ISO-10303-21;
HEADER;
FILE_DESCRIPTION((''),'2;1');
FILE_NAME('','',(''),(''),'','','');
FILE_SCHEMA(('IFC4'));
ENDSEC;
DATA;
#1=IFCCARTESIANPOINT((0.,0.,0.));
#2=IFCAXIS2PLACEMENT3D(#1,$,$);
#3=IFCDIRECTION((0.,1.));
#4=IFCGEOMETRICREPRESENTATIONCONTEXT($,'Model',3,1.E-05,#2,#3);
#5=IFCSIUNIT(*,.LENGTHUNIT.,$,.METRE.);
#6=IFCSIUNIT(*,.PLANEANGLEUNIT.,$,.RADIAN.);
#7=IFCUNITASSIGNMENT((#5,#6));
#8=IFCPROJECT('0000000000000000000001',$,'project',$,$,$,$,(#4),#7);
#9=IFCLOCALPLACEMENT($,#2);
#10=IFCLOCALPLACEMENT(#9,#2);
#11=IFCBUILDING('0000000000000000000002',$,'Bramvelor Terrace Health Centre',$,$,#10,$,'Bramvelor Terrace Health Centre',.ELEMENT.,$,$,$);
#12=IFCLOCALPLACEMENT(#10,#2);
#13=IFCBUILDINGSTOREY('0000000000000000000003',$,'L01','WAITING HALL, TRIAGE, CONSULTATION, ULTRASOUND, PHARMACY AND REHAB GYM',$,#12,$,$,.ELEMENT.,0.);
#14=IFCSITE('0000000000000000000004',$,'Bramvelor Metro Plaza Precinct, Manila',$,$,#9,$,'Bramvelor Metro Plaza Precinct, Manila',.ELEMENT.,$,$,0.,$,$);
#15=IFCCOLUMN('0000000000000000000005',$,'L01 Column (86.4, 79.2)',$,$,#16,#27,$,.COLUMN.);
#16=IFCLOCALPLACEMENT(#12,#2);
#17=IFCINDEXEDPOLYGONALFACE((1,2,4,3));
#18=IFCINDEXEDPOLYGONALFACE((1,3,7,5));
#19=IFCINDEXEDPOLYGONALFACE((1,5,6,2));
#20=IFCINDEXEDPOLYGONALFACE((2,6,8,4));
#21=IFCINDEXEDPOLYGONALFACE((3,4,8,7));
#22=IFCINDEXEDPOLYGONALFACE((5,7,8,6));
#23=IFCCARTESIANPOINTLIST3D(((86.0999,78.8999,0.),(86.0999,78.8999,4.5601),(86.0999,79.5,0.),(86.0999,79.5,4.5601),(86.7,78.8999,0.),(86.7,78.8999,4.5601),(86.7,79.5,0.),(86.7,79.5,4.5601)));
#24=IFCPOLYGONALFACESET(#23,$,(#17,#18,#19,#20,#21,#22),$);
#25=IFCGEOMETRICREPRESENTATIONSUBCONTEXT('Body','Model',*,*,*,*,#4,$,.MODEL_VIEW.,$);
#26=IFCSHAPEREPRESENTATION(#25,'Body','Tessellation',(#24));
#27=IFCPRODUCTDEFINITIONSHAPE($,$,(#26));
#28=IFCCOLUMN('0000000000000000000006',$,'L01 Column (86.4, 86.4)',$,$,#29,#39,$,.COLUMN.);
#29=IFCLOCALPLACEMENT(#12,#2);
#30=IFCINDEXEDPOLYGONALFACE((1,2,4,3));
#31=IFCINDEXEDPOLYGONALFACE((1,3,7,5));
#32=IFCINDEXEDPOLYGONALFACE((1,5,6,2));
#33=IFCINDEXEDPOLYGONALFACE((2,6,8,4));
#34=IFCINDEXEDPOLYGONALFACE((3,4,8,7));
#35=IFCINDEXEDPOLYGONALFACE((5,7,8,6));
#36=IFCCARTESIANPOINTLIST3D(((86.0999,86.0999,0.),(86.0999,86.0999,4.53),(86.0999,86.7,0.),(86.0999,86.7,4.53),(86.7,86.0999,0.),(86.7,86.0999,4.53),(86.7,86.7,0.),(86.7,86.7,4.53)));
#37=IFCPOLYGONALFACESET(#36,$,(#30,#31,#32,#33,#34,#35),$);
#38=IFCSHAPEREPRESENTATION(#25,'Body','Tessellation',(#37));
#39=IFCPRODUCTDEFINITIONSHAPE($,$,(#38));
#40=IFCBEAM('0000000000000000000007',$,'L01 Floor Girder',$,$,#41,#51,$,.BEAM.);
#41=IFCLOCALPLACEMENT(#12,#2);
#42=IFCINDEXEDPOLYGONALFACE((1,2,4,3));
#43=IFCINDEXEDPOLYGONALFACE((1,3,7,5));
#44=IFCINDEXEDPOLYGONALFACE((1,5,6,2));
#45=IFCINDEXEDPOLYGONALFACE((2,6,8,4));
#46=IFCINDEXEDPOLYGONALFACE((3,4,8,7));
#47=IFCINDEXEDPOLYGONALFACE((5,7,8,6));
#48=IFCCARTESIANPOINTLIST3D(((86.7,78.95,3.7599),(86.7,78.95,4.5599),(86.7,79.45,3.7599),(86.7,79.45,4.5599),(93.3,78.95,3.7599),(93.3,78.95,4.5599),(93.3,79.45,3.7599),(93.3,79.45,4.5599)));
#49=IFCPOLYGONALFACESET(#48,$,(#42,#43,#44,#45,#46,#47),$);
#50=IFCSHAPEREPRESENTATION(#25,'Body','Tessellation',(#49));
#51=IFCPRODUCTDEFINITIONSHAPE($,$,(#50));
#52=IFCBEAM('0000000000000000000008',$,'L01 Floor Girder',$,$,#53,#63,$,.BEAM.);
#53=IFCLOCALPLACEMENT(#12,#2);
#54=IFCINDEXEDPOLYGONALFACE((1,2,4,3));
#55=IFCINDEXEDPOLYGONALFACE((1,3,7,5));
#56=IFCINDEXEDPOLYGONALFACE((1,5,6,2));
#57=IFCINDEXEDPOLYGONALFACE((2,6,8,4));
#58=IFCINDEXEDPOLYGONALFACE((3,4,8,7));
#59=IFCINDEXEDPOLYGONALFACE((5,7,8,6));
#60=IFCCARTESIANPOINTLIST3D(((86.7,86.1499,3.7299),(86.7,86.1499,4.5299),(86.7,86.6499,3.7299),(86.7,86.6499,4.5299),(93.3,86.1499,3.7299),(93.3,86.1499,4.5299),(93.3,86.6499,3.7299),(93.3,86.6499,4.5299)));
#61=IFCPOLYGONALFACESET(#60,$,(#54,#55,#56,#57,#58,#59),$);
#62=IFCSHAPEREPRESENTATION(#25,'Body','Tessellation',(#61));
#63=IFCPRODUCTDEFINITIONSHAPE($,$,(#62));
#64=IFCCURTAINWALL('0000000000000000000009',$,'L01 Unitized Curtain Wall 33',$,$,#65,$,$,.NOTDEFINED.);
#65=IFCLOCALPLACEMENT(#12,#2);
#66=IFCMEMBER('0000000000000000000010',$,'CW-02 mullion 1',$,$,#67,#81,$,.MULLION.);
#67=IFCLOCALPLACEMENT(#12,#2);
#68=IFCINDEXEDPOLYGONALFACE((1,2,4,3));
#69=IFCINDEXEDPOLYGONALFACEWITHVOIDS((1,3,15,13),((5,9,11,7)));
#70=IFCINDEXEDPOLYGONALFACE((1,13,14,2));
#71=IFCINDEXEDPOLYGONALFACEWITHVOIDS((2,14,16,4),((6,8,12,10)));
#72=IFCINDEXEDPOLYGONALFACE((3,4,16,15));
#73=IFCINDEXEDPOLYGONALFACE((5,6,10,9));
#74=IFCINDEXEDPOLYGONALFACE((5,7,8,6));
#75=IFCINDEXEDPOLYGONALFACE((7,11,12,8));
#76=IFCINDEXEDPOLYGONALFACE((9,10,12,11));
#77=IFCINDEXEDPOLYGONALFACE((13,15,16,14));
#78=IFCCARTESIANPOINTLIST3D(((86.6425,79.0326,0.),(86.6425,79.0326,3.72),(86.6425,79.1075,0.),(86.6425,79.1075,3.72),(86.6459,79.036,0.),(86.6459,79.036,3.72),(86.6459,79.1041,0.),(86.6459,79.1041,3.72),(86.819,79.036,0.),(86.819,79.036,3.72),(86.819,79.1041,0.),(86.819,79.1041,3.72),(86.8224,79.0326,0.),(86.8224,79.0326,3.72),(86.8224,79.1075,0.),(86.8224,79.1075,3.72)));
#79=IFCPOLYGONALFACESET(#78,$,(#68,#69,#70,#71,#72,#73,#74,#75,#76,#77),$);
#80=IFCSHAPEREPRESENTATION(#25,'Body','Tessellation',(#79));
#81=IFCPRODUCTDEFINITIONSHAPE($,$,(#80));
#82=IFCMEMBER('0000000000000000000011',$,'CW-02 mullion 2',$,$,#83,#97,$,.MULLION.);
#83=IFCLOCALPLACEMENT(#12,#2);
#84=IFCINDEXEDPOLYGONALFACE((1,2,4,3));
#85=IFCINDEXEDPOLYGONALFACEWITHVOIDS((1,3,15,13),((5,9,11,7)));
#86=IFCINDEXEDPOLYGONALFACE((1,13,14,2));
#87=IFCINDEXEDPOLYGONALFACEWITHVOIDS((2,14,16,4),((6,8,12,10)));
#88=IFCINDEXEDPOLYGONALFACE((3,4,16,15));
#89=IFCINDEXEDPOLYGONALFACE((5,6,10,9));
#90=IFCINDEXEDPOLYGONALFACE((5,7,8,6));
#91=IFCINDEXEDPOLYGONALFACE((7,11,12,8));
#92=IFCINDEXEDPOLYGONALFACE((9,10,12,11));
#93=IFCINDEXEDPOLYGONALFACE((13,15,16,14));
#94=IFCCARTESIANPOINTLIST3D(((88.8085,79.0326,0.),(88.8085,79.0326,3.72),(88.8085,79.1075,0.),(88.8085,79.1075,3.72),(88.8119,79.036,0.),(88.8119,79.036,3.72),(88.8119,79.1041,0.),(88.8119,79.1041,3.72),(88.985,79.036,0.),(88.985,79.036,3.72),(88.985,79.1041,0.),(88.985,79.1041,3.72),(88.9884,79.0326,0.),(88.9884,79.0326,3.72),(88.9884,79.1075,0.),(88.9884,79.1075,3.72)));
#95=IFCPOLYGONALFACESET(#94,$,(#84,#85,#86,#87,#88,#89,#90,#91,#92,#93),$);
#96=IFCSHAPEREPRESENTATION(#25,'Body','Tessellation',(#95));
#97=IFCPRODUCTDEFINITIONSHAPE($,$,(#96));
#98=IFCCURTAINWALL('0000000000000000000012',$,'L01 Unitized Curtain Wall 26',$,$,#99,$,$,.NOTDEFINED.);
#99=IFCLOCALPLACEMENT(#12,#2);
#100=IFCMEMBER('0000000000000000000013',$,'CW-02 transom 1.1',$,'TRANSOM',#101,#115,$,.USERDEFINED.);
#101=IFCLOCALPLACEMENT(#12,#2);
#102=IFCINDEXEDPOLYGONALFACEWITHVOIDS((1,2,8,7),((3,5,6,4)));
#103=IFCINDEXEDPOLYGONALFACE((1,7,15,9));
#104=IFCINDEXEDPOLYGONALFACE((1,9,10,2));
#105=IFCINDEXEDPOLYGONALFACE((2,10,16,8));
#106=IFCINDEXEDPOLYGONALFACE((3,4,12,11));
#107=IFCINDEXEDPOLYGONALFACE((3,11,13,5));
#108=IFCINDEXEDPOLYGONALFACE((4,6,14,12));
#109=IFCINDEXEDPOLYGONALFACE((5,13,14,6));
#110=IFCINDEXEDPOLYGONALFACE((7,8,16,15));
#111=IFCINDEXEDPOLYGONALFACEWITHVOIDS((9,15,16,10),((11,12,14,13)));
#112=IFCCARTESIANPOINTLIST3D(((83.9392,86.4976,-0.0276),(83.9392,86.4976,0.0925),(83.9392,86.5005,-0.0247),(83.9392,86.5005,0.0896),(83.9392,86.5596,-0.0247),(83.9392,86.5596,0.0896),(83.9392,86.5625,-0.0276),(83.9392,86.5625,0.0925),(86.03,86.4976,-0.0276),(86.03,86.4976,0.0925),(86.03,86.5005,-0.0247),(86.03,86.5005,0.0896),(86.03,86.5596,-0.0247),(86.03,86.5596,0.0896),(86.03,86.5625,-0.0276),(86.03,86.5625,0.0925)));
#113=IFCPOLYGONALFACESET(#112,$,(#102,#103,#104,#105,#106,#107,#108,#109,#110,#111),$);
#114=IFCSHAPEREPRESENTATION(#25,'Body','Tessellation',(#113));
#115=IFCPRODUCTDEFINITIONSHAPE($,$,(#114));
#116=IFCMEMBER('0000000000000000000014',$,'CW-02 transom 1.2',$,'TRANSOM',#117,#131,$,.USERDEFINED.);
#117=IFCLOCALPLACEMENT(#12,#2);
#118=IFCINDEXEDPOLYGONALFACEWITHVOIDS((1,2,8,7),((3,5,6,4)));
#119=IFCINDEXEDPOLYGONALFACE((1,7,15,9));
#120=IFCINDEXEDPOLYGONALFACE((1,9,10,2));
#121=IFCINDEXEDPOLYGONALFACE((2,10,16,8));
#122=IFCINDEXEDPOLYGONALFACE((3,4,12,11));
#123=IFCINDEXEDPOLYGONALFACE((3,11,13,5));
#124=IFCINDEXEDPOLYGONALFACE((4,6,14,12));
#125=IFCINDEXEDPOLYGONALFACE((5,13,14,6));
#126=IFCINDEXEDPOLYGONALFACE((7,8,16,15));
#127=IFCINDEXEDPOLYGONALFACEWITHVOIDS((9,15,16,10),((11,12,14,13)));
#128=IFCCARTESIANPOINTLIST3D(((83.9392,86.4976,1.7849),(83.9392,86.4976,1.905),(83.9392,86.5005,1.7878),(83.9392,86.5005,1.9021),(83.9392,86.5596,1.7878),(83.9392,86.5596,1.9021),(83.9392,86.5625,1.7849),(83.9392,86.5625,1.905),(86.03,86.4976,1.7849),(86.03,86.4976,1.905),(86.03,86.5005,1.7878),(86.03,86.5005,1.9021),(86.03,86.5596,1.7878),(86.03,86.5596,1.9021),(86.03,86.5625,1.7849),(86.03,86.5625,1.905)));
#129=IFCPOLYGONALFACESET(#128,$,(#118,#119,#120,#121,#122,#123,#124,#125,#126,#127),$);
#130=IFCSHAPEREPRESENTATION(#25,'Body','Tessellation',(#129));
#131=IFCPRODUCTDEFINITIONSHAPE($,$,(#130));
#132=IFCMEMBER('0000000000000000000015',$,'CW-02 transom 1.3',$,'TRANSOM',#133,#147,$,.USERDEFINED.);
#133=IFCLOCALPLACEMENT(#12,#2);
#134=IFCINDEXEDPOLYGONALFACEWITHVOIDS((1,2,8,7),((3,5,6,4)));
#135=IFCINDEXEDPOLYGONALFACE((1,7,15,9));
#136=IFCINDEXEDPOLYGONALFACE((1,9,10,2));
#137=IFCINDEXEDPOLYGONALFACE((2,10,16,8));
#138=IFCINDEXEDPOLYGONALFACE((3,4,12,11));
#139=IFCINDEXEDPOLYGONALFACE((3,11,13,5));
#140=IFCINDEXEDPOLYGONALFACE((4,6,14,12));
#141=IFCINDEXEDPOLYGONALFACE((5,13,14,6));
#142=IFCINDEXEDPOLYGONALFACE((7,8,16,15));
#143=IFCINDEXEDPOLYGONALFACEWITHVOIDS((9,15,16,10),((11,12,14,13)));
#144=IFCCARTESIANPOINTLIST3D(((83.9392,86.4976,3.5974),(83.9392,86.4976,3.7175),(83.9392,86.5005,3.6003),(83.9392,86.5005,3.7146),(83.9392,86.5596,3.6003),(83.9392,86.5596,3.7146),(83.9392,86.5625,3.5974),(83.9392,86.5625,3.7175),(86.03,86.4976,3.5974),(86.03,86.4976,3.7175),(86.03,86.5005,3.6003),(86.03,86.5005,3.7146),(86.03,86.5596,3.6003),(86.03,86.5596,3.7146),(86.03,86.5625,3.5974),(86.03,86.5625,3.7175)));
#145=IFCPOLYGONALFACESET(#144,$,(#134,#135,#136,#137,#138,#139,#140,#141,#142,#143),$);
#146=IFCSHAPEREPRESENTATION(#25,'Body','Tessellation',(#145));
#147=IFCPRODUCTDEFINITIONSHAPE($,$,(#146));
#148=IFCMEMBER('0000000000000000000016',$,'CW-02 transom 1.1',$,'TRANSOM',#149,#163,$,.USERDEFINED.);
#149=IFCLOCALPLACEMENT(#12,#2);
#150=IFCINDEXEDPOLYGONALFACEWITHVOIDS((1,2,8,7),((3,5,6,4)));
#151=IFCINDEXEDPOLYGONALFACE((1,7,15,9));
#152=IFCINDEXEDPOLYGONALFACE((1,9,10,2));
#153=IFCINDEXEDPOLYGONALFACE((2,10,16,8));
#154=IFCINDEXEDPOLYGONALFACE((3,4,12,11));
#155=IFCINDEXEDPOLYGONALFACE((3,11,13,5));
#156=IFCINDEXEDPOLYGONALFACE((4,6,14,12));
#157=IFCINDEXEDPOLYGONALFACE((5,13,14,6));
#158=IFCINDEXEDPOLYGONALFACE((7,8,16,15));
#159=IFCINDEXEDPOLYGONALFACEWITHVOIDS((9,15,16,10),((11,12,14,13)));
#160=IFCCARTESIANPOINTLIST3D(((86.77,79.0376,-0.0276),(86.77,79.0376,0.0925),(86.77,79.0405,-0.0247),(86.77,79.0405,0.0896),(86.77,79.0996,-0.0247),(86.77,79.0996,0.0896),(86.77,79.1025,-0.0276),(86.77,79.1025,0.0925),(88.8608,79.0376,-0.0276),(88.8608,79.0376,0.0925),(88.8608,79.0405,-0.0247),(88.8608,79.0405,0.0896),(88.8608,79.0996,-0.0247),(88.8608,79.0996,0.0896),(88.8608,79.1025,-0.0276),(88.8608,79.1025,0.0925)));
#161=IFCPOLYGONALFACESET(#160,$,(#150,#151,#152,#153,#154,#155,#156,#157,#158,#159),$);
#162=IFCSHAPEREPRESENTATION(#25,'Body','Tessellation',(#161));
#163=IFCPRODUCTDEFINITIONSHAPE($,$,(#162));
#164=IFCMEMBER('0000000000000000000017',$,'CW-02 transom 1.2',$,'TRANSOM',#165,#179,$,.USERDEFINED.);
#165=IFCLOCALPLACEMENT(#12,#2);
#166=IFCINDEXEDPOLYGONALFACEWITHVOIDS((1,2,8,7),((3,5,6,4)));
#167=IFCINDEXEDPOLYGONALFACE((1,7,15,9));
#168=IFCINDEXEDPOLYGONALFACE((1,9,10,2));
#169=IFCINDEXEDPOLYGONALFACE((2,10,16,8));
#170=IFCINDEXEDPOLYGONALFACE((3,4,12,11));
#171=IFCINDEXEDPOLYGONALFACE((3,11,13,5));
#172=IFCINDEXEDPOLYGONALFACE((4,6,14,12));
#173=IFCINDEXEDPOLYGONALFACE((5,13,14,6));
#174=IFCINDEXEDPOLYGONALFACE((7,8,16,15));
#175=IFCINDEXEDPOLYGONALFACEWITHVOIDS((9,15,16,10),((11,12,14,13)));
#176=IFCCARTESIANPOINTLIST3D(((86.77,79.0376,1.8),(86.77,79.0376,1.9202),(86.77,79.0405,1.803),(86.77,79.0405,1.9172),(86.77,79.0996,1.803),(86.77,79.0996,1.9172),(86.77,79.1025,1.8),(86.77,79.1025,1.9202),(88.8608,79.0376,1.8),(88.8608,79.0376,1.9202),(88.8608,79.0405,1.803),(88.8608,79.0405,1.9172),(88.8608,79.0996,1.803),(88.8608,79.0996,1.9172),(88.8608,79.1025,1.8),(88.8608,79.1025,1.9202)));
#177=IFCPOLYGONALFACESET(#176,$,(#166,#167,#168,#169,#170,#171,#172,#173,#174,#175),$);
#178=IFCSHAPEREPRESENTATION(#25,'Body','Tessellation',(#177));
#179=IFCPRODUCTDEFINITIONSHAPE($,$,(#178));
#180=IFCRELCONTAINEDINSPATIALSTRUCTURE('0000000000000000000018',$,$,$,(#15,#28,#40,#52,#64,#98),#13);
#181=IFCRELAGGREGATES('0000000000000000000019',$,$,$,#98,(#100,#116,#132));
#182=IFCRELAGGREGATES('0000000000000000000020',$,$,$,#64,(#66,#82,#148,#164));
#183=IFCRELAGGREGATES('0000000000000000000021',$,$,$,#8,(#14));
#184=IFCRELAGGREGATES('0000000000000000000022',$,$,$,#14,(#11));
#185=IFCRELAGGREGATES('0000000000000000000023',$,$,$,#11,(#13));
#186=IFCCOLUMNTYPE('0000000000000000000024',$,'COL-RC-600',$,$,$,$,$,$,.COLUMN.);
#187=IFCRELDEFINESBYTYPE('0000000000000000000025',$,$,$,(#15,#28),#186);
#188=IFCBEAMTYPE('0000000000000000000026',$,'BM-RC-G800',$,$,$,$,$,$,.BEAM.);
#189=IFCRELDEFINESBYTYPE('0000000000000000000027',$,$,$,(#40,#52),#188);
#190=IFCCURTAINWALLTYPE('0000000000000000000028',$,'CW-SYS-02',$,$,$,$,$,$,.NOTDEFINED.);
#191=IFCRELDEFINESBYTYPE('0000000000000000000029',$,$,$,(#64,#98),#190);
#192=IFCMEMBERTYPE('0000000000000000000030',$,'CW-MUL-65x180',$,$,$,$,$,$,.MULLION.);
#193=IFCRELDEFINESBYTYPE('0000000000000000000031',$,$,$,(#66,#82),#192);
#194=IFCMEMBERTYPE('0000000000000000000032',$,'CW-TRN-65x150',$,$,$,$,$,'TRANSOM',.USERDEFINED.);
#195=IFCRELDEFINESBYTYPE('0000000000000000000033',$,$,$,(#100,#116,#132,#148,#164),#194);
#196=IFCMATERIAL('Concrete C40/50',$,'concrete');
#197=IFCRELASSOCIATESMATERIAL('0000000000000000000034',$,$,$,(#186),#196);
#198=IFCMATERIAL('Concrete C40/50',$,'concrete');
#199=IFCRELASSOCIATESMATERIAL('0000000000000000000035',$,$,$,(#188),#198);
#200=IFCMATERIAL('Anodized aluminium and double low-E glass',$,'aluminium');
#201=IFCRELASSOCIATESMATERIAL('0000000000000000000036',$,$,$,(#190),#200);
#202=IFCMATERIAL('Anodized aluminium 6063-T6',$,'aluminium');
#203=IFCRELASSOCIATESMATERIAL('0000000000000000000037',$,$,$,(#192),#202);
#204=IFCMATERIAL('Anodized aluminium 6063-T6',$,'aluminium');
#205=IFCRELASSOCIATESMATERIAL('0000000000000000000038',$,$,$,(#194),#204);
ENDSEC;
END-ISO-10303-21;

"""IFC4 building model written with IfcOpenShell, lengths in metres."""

from ifc_helpers import new_model, si_unit, direction, frame, origin, origin_2d, place, context, subcontext, project, spatial, rectangle, hollow_rectangle, extrude, material, material_profile, profile_set, type_object, element, aggregate, save


model = new_model("IFC4")

# Units and contexts
model_context = context("Model", 3, precision=1e-05, world=origin(), true_north=direction((0.0, 1.0)))
body_context = subcontext(model_context, "Body", "Model", "MODEL_VIEW")
ifc_project = project(units=[si_unit("LENGTHUNIT", "METRE"), si_unit("PLANEANGLEUNIT", "RADIAN")], contexts=[model_context])

# Site, building, storey
site_placement = place(None, origin())
site = spatial("IfcSite", under=ifc_project, at=site_placement, Name="Bramvelor Metro Plaza Precinct, Manila", LongName="Bramvelor Metro Plaza Precinct, Manila", CompositionType="ELEMENT", RefElevation=0.0)
building_placement = place(site_placement, origin())
building = spatial("IfcBuilding", under=site, at=building_placement, Name="Bramvelor Terrace Health Centre", LongName="Bramvelor Terrace Health Centre", CompositionType="ELEMENT")
storey_placement = place(building_placement, origin())
storey = spatial("IfcBuildingStorey", under=building, at=storey_placement, Name="L01", Description="WAITING HALL, TRIAGE, CONSULTATION, ULTRASOUND, PHARMACY AND REHAB GYM", CompositionType="ELEMENT", Elevation=0.0)

# Columns
ifc_material_1 = material(Name="Concrete C40/50", Category="concrete")
ifc_material_profile_1 = material_profile(ifc_material_1, rectangle(XDim=0.6001, YDim=0.6001, at=origin_2d()), Name="RC 600x600")
ifc_profile_set_1 = profile_set([ifc_material_profile_1], Name="Concrete C40/50")
column_type = type_object("IfcColumnType", Name="COL-RC-600", PredefinedType="COLUMN", material=ifc_profile_set_1)
column_1_placement = place(storey_placement, frame((86.3999, 79.2, 0.0), z_axis=(0.0, 0.0, 1.0), x_axis=(1.0, 0.0, 0.0)))
element("IfcColumn", 1, at=column_1_placement, inside=storey, type_object=column_type, Name="L01 Column (86.4, 79.2)", PredefinedType="COLUMN", context=body_context, shape_type="SweptSolid", body=[
    extrude(rectangle(XDim=0.6001, YDim=0.6001, at=origin_2d()), origin(), (0.0, 0.0, 1.0), 4.5601),
])
column_2_placement = place(storey_placement, frame((86.3999, 86.3999, 0.0), z_axis=(0.0, 0.0, 1.0), x_axis=(1.0, 0.0, 0.0)))
element("IfcColumn", 2, at=column_2_placement, inside=storey, type_object=column_type, Name="L01 Column (86.4, 86.4)", PredefinedType="COLUMN", context=body_context, shape_type="SweptSolid", body=[
    extrude(rectangle(XDim=0.6001, YDim=0.6001, at=origin_2d()), origin(), (0.0, 0.0, 1.0), 4.53),
])

# Beams
ifc_material_2 = material(Name="Concrete C40/50", Category="concrete")
ifc_material_profile_2 = material_profile(ifc_material_2, rectangle(XDim=0.5, YDim=0.8, at=origin_2d()), Name="RC 500x800")
ifc_profile_set_2 = profile_set([ifc_material_profile_2], Name="Concrete C40/50")
beam_type = type_object("IfcBeamType", Name="BM-RC-G800", PredefinedType="BEAM", material=ifc_profile_set_2)
for number, where, z_axis, x_axis, name in (
    (3, (86.7, 79.2, 4.1599), (1.0, 0.0, 0.0), (0.0, 1.0, 0.0), "L01 Floor Girder"),
    (4, (86.7, 86.3999, 4.1299), (1.0, 0.0, 0.0), (0.0, 1.0, 0.0), "L01 Floor Girder"),
):
    element("IfcBeam", number, at=place(storey_placement, frame(where, z_axis=z_axis, x_axis=x_axis)), inside=storey, type_object=beam_type, Name=name, PredefinedType="BEAM", context=body_context, shape_type="SweptSolid", body=[
        extrude(rectangle(XDim=0.5, YDim=0.8, at=origin_2d()), origin(), (0.0, 0.0, 1.0), 6.6001),
    ])

# Curtain walls, members
ifc_material_3 = material(Name="Anodized aluminium and double low-E glass", Category="aluminium")
curtain_wall_type = type_object("IfcCurtainWallType", Name="CW-SYS-02", PredefinedType="NOTDEFINED", material=ifc_material_3)
curtain_wall_1_placement = place(storey_placement, origin())
curtain_wall_1 = element("IfcCurtainWall", 5, at=curtain_wall_1_placement, inside=storey, type_object=curtain_wall_type, Name="L01 Unitized Curtain Wall 33", PredefinedType="NOTDEFINED")
ifc_material_4 = material(Name="Anodized aluminium 6063-T6", Category="aluminium")
ifc_material_profile_3 = material_profile(ifc_material_4, hollow_rectangle(XDim=0.075, YDim=0.1799, WallThickness=0.0034, at=origin_2d()), Name="ALU-MUL 75x180x3.5")
ifc_profile_set_3 = profile_set([ifc_material_profile_3], Name="Anodized aluminium 6063-T6")
member_type_1 = type_object("IfcMemberType", Name="CW-MUL-65x180", PredefinedType="MULLION", material=ifc_profile_set_3)
member_1_placement = place(storey_placement, frame((86.7324, 79.0701, 0.0), z_axis=(0.0, 0.0, 1.0), x_axis=(0.0, 1.0, 0.0)))
member_1 = element("IfcMember", 6, at=member_1_placement, type_object=member_type_1, Name="CW-02 mullion 1", PredefinedType="MULLION", context=body_context, shape_type="SweptSolid", body=[
    extrude(hollow_rectangle(XDim=0.075, YDim=0.1799, WallThickness=0.0034, at=origin_2d()), origin(), (0.0, 0.0, 1.0), 3.72),
])
member_2_placement = place(storey_placement, frame((88.8984, 79.0701, 0.0), z_axis=(0.0, 0.0, 1.0), x_axis=(0.0, 1.0, 0.0)))
member_2 = element("IfcMember", 7, at=member_2_placement, type_object=member_type_1, Name="CW-02 mullion 2", PredefinedType="MULLION", context=body_context, shape_type="SweptSolid", body=[
    extrude(hollow_rectangle(XDim=0.075, YDim=0.1799, WallThickness=0.0034, at=origin_2d()), origin(), (0.0, 0.0, 1.0), 3.72),
])
curtain_wall_2_placement = place(storey_placement, origin())
curtain_wall_2 = element("IfcCurtainWall", 8, at=curtain_wall_2_placement, inside=storey, type_object=curtain_wall_type, Name="L01 Unitized Curtain Wall 26", PredefinedType="NOTDEFINED")
ifc_material_5 = material(Name="Anodized aluminium 6063-T6", Category="aluminium")
ifc_material_profile_4 = material_profile(ifc_material_5, hollow_rectangle(XDim=0.0649, YDim=0.1201, WallThickness=0.0029, at=origin_2d()), Name="ALU-TRN 65x120x3.0")
ifc_profile_set_4 = profile_set([ifc_material_profile_4], Name="Anodized aluminium 6063-T6")
member_type_2 = type_object("IfcMemberType", Name="CW-TRN-65x150", ElementType="TRANSOM", PredefinedType="USERDEFINED", material=ifc_profile_set_4)
member_3_placement = place(storey_placement, frame((86.03, 86.53, 0.0325), z_axis=(-1.0, 0.0, 0.0), x_axis=(0.0, -1.0, 0.0)))
member_3 = element("IfcMember", 9, at=member_3_placement, type_object=member_type_2, Name="CW-02 transom 1.1", ObjectType="TRANSOM", PredefinedType="USERDEFINED", context=body_context, shape_type="SweptSolid", body=[
    extrude(hollow_rectangle(XDim=0.0649, YDim=0.1201, WallThickness=0.0029, at=origin_2d()), origin(), (0.0, 0.0, 1.0), 2.0908),
])
member_4_placement = place(storey_placement, frame((86.03, 86.53, 1.845), z_axis=(-1.0, 0.0, 0.0), x_axis=(0.0, -1.0, 0.0)))
member_4 = element("IfcMember", 10, at=member_4_placement, type_object=member_type_2, Name="CW-02 transom 1.2", ObjectType="TRANSOM", PredefinedType="USERDEFINED", context=body_context, shape_type="SweptSolid", body=[
    extrude(hollow_rectangle(XDim=0.0649, YDim=0.1201, WallThickness=0.0029, at=origin_2d()), origin(), (0.0, 0.0, 1.0), 2.0908),
])
member_5_placement = place(storey_placement, frame((86.03, 86.53, 3.6575), z_axis=(-1.0, 0.0, 0.0), x_axis=(0.0, -1.0, 0.0)))
member_5 = element("IfcMember", 11, at=member_5_placement, type_object=member_type_2, Name="CW-02 transom 1.3", ObjectType="TRANSOM", PredefinedType="USERDEFINED", context=body_context, shape_type="SweptSolid", body=[
    extrude(hollow_rectangle(XDim=0.0649, YDim=0.1201, WallThickness=0.0029, at=origin_2d()), origin(), (0.0, 0.0, 1.0), 2.0908),
])

# Members
member_6_placement = place(storey_placement, frame((86.77, 79.0701, 0.0325), z_axis=(1.0, 0.0, 0.0), x_axis=(0.0, 1.0, 0.0)))
member_6 = element("IfcMember", 12, at=member_6_placement, type_object=member_type_2, Name="CW-02 transom 1.1", ObjectType="TRANSOM", PredefinedType="USERDEFINED", context=body_context, shape_type="SweptSolid", body=[
    extrude(hollow_rectangle(XDim=0.0649, YDim=0.1201, WallThickness=0.0029, at=origin_2d()), origin(), (0.0, 0.0, 1.0), 2.0908),
])
member_7_placement = place(storey_placement, frame((86.77, 79.0701, 1.8601), z_axis=(1.0, 0.0, 0.0), x_axis=(0.0, 1.0, 0.0)))
member_7 = element("IfcMember", 13, at=member_7_placement, type_object=member_type_2, Name="CW-02 transom 1.2", ObjectType="TRANSOM", PredefinedType="USERDEFINED", context=body_context, shape_type="SweptSolid", body=[
    extrude(hollow_rectangle(XDim=0.0649, YDim=0.1201, WallThickness=0.0029, at=origin_2d()), origin(), (0.0, 0.0, 1.0), 2.0908),
])

aggregate(curtain_wall_2, [member_3, member_4, member_5])
aggregate(curtain_wall_1, [member_1, member_2, member_6, member_7])

save(model, "model.ifc")
